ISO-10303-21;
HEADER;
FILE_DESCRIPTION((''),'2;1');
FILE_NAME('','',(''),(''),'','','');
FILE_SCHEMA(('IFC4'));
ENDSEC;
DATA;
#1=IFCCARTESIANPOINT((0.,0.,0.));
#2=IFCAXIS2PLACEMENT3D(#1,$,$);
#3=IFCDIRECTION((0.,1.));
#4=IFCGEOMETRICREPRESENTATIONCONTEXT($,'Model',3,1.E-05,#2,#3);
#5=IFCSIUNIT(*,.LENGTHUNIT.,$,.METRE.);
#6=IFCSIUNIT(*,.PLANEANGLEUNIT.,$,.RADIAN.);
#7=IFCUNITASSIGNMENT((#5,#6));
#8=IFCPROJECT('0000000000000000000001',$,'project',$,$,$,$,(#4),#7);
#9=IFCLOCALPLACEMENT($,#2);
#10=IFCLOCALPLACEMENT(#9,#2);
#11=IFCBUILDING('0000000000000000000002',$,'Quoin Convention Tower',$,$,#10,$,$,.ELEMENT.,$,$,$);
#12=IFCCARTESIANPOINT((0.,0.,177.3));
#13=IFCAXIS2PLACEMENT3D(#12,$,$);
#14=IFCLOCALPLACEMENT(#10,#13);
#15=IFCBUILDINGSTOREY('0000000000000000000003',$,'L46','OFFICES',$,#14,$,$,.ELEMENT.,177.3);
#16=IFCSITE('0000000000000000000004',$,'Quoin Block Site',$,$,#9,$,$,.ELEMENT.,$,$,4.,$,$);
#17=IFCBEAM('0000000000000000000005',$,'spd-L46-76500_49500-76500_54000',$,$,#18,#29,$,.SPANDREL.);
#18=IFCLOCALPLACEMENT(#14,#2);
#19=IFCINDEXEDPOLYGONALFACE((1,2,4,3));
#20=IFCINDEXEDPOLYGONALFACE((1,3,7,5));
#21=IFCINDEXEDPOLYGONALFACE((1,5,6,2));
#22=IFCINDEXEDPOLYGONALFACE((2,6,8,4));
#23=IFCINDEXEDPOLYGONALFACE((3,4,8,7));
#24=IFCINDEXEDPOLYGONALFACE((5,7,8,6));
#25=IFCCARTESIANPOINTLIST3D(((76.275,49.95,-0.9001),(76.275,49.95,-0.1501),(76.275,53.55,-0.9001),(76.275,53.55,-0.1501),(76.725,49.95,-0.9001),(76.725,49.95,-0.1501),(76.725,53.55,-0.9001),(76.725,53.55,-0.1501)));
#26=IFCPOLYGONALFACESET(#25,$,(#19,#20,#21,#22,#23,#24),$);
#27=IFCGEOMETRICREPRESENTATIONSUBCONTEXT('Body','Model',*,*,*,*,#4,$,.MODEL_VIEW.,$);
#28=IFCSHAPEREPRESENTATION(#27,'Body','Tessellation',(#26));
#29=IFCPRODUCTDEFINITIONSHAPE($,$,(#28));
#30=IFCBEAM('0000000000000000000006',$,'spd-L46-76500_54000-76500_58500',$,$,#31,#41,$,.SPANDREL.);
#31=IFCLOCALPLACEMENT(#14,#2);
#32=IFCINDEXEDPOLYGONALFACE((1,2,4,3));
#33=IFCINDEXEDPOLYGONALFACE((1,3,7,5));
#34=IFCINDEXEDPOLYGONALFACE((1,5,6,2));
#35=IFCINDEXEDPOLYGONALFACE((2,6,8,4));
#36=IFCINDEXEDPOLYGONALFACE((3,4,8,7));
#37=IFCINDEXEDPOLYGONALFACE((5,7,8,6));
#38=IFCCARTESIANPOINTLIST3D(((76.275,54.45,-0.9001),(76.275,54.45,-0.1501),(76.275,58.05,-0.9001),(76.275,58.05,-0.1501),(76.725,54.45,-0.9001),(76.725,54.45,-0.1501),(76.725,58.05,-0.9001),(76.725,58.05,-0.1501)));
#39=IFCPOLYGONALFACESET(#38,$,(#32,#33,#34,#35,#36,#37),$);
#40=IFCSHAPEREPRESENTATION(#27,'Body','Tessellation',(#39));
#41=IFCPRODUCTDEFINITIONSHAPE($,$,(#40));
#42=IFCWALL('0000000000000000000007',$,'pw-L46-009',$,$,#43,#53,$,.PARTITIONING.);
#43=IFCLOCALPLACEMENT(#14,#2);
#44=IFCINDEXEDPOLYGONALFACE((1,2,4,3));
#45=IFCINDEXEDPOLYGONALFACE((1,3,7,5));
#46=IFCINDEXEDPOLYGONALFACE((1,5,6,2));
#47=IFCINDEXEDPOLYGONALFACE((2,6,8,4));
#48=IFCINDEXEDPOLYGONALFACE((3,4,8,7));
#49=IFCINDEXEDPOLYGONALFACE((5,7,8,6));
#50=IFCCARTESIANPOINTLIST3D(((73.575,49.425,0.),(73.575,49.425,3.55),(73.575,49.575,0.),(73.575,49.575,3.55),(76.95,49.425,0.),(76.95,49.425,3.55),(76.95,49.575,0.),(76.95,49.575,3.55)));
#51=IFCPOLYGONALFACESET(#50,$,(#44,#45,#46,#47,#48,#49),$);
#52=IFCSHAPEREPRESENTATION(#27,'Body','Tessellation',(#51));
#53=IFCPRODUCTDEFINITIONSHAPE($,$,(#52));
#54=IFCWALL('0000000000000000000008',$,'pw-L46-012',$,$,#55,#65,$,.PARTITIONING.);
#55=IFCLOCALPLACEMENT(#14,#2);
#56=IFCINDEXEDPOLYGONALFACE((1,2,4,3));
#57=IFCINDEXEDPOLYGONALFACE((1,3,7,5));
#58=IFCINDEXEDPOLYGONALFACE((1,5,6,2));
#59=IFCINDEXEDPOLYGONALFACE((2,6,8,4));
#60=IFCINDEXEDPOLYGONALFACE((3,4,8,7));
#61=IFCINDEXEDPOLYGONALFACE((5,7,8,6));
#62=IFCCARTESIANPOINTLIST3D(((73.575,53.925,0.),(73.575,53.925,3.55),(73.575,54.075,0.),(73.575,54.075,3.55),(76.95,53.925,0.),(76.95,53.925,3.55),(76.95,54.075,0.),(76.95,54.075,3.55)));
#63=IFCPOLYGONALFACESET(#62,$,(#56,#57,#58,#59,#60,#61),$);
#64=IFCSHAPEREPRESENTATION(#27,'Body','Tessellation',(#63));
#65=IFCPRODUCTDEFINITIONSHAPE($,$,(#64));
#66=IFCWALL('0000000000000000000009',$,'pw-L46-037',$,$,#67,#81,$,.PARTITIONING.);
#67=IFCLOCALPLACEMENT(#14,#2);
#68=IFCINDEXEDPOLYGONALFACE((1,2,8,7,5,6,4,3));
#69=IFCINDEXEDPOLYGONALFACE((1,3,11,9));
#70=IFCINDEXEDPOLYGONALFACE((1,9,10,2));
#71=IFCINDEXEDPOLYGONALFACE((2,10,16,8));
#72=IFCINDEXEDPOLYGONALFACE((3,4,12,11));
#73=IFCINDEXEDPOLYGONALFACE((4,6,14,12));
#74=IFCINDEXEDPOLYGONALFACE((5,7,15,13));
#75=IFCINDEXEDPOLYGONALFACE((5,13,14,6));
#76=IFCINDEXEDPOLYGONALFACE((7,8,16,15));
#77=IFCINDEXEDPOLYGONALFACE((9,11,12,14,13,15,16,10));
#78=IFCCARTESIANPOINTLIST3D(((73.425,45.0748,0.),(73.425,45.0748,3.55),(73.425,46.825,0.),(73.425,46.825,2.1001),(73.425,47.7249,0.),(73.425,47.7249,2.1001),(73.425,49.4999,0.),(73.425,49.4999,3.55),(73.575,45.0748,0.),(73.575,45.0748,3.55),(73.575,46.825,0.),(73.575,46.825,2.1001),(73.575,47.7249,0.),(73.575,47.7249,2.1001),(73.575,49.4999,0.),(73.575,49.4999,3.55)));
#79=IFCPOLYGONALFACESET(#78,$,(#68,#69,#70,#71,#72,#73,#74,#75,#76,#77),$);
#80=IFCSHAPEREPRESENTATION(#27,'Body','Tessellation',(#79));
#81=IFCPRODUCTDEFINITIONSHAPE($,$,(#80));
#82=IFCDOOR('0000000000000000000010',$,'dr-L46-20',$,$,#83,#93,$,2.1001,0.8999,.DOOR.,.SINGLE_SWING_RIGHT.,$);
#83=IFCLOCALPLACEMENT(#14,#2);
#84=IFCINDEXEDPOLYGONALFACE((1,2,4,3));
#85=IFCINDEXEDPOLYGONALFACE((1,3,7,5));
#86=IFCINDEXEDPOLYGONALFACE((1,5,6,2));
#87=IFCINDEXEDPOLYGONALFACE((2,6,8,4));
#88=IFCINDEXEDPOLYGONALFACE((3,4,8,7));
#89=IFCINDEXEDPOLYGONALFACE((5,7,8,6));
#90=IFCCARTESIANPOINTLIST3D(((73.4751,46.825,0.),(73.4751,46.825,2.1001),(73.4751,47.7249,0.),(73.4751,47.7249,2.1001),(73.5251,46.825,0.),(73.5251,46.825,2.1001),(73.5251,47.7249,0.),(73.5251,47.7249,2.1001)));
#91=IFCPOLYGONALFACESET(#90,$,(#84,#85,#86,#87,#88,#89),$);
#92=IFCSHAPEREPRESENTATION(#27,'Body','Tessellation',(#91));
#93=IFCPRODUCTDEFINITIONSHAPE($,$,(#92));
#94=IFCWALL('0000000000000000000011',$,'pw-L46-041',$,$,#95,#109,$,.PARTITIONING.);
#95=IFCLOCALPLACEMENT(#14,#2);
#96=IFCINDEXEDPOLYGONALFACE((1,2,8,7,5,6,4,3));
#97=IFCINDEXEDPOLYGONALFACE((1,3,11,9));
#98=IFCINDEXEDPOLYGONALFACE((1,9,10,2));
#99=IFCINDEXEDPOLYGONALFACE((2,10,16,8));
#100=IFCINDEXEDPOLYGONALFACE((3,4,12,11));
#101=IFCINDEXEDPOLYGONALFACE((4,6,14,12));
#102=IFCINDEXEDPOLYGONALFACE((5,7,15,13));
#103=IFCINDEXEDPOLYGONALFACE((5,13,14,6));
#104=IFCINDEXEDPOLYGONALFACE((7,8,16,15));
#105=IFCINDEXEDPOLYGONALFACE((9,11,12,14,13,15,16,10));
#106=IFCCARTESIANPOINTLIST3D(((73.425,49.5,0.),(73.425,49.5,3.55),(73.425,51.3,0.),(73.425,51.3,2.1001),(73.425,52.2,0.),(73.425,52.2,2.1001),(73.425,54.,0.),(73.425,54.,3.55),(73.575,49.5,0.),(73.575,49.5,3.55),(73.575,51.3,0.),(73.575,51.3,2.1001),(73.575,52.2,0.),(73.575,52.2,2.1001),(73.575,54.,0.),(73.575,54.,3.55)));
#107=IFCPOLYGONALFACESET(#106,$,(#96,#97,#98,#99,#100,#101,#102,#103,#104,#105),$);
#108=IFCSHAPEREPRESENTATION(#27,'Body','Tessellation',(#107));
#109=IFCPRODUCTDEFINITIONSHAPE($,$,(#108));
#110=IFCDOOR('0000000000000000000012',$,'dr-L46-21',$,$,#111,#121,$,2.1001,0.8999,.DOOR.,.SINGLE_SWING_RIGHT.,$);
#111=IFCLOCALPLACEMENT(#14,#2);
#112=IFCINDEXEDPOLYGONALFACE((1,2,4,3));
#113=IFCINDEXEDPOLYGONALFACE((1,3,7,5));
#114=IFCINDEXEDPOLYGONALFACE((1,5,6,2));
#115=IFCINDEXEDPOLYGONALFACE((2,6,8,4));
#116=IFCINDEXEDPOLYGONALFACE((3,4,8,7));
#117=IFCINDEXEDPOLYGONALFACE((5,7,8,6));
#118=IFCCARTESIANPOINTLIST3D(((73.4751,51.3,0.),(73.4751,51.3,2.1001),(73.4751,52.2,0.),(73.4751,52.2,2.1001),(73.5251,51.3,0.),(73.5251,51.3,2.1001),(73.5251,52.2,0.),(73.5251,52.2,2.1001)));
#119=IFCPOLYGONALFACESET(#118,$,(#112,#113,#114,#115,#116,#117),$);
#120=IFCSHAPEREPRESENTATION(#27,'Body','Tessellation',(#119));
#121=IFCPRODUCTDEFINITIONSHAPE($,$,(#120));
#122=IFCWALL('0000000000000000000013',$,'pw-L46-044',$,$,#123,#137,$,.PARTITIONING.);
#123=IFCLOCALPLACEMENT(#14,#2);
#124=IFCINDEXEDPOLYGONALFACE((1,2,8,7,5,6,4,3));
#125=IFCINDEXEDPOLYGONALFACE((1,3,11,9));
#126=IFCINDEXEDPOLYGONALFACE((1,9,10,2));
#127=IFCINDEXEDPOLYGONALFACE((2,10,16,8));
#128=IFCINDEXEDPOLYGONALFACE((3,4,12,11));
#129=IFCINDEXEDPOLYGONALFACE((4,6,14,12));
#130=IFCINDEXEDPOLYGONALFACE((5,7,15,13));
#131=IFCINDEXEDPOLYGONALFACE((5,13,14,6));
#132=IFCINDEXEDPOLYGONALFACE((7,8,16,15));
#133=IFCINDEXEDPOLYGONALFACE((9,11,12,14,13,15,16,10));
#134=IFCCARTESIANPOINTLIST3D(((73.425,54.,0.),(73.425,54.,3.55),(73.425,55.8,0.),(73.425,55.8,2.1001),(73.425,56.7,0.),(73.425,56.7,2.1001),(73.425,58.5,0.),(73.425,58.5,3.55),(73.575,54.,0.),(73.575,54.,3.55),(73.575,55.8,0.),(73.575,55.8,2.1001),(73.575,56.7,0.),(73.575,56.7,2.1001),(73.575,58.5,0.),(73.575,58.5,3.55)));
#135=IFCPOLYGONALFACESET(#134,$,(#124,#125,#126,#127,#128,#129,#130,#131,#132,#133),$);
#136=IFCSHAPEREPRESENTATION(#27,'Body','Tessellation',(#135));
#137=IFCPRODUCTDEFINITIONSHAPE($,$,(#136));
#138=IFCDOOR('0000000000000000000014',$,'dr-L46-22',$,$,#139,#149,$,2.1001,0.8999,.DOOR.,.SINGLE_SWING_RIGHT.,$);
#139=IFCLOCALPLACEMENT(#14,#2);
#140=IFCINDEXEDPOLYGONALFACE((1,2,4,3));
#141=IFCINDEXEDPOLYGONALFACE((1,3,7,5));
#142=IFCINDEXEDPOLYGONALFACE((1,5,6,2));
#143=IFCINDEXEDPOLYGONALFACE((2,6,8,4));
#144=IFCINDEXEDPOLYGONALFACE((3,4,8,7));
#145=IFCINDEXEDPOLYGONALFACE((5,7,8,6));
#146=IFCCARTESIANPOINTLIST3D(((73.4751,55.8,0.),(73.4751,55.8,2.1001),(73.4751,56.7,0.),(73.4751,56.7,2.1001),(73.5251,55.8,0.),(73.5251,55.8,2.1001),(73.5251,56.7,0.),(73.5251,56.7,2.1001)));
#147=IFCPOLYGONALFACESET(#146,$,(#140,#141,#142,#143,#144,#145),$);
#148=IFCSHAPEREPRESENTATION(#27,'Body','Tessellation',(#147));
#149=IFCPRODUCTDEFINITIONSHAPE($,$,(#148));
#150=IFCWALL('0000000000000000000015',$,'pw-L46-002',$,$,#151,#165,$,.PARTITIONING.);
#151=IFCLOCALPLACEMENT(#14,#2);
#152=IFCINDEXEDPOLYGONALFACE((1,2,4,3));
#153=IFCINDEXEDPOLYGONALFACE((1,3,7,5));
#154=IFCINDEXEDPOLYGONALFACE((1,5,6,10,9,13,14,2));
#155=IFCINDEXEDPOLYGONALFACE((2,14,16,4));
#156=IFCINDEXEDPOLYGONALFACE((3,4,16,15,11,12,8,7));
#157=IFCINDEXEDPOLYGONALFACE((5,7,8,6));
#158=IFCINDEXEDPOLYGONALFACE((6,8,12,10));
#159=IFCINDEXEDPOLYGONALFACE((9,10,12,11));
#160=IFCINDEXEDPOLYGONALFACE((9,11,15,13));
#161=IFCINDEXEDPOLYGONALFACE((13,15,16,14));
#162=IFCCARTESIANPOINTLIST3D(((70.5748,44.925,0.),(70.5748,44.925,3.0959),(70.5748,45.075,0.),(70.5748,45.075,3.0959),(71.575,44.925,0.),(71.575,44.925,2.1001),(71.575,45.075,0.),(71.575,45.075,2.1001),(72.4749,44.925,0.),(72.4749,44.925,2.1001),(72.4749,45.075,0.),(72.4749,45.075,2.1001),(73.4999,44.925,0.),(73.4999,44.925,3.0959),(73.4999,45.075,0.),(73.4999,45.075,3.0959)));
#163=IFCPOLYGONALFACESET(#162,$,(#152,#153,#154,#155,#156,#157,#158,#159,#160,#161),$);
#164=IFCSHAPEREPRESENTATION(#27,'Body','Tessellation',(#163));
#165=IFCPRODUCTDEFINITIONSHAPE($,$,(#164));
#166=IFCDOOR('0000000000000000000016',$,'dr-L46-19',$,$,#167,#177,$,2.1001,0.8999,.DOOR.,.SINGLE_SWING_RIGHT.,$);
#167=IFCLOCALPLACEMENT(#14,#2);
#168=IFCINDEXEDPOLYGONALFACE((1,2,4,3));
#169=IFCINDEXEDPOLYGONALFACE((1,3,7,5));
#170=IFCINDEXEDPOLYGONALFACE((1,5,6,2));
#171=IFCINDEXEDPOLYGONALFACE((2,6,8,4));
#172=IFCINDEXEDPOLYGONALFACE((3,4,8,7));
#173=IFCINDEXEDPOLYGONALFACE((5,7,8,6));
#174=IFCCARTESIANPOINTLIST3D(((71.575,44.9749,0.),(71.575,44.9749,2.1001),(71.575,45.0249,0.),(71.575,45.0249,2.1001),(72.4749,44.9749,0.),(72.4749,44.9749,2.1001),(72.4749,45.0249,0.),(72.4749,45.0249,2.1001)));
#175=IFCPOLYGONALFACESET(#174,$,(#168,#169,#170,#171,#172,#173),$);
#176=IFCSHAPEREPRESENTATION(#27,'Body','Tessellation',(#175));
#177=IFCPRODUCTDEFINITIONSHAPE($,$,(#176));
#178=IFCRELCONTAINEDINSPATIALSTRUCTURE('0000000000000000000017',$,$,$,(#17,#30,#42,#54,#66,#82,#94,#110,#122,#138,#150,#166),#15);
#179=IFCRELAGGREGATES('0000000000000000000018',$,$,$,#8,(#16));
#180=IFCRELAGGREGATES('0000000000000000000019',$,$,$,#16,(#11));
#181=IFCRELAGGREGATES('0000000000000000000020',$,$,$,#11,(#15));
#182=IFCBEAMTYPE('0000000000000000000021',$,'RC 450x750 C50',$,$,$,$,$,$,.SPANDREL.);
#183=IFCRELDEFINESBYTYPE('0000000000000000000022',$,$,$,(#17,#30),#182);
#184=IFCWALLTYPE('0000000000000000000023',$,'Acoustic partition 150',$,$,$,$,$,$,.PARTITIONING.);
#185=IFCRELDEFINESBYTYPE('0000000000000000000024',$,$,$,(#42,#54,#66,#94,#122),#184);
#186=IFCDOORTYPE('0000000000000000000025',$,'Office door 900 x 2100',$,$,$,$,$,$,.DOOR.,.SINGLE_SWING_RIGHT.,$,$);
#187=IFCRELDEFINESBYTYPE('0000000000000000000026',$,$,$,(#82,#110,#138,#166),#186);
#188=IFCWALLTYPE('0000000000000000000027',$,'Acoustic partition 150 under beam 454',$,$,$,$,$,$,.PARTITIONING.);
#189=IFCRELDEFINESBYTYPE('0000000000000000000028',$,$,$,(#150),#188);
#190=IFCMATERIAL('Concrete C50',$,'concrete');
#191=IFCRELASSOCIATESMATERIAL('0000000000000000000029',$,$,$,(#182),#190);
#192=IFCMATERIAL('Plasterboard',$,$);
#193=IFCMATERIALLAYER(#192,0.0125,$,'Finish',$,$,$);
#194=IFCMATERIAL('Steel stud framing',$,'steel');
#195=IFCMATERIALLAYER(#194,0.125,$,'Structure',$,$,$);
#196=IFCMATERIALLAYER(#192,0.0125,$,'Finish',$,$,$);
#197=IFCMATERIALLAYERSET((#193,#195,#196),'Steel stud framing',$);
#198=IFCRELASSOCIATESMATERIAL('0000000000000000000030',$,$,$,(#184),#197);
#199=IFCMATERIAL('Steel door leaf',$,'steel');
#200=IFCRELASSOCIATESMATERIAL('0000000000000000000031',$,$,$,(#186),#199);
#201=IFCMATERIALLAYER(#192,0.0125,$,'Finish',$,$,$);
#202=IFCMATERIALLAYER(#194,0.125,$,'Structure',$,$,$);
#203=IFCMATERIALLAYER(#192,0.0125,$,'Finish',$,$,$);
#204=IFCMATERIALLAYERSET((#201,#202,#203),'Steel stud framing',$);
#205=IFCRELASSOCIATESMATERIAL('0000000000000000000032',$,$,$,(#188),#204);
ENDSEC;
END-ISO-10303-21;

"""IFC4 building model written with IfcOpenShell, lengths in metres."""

from ifc_helpers import new_model, si_unit, direction, frame, frame_2d, origin, origin_2d, place, context, subcontext, project, spatial, rectangle, extrude, material, layer, layer_set, material_profile, profile_set, type_object, element, fill, save


model = new_model("IFC4")

# Units and contexts
model_context = context("Model", 3, precision=1e-05, world=origin(), true_north=direction((0.0, 1.0)))
body_context = subcontext(model_context, "Body", "Model", "MODEL_VIEW")
ifc_project = project(units=[si_unit("LENGTHUNIT", "METRE"), si_unit("PLANEANGLEUNIT", "RADIAN")], contexts=[model_context])

# Site, building, storey
site_placement = place(None, origin())
site = spatial("IfcSite", under=ifc_project, at=site_placement, Name="Quoin Block Site", CompositionType="ELEMENT", RefElevation=4.0)
building_placement = place(site_placement, origin())
building = spatial("IfcBuilding", under=site, at=building_placement, Name="Quoin Convention Tower", CompositionType="ELEMENT")
storey_placement = place(building_placement, frame((0.0, 0.0, 177.3)))
storey = spatial("IfcBuildingStorey", under=building, at=storey_placement, Name="L46", Description="OFFICES", CompositionType="ELEMENT", Elevation=177.3)

# Shared definitions
ifc_material_1 = material(Name="Concrete C50", Category="concrete")

# Beams
ifc_material_profile_1 = material_profile(ifc_material_1, rectangle(XDim=0.45, YDim=0.75, at=origin_2d()), Name="RC 450x750")
ifc_profile_set_1 = profile_set([ifc_material_profile_1], Name="Concrete C50")
beam_type_1 = type_object("IfcBeamType", Name="RC 450x750 C50", PredefinedType="SPANDREL", material=ifc_profile_set_1)
for number, where, z_axis, x_axis, name in (
    (1, (76.5, 49.95, -0.5251), (0.0, 1.0, 0.0), (-1.0, 0.0, 0.0), "spd-L46-76500_49500-76500_54000"),
    (2, (76.5, 54.45, -0.5251), (0.0, 1.0, 0.0), (-1.0, 0.0, 0.0), "spd-L46-76500_54000-76500_58500"),
):
    element("IfcBeam", number, at=place(storey_placement, frame(where, z_axis=z_axis, x_axis=x_axis)), inside=storey, type_object=beam_type_1, Name=name, PredefinedType="SPANDREL", context=body_context, shape_type="SweptSolid", body=[
        extrude(rectangle(XDim=0.45, YDim=0.75, at=origin_2d()), origin(), (0.0, 0.0, 1.0), 3.6001),
    ])

# Walls
ifc_material_2 = material(Name="Plasterboard")
ifc_layer_1 = layer(ifc_material_2, 0.0125, Name="Finish")
ifc_material_3 = material(Name="Steel stud framing", Category="steel")
ifc_layer_2 = layer(ifc_material_3, 0.125, Name="Structure")
ifc_layer_3 = layer(ifc_material_2, 0.0125, Name="Finish")
ifc_layer_set_1 = layer_set([ifc_layer_1, ifc_layer_2, ifc_layer_3], Name="Steel stud framing")
wall_type_1 = type_object("IfcWallType", Name="Acoustic partition 150", PredefinedType="PARTITIONING", material=ifc_layer_set_1)
for number, where, z_axis, x_axis, name in (
    (3, (73.575, 49.5, 0.0), (0.0, 0.0, 1.0), (1.0, 0.0, 0.0), "pw-L46-009"),
    (4, (73.575, 54.0, 0.0), (0.0, 0.0, 1.0), (1.0, 0.0, 0.0), "pw-L46-012"),
):
    element("IfcWall", number, at=place(storey_placement, frame(where, z_axis=z_axis, x_axis=x_axis)), inside=storey, type_object=wall_type_1, Name=name, PredefinedType="PARTITIONING", context=body_context, shape_type="SweptSolid", body=[
        extrude(rectangle(XDim=3.375, YDim=0.1499, at=frame_2d((1.6875, 0.0))), origin(), (0.0, 0.0, 1.0), 3.55),
    ])

# Walls, openings, doors
wall_1_placement = place(storey_placement, frame((73.5, 45.075, 0.0), z_axis=(0.0, 0.0, 1.0), x_axis=(0.0, 1.0, 0.0)))
wall_1 = element("IfcWall", 5, at=wall_1_placement, inside=storey, type_object=wall_type_1, Name="pw-L46-037", PredefinedType="PARTITIONING", context=body_context, shape_type="SweptSolid", body=[
    extrude(rectangle(XDim=4.425, YDim=0.1499, at=frame_2d((2.2124, 0.0))), origin(), (0.0, 0.0, 1.0), 3.55),
])
opening_1_placement = place(wall_1_placement, frame((1.75, 0.0, 0.0)))
opening_1 = element("IfcOpeningElement", 6, at=opening_1_placement, cuts=wall_1, PredefinedType="OPENING", context=body_context, shape_type="SweptSolid", body=[
    extrude(rectangle(XDim=0.8999, YDim=2.1001, at=frame_2d((0.45, 1.05))), frame((0.0, 0.085, 0.0), z_axis=(0.0, -1.0, 0.0), x_axis=(1.0, 0.0, 0.0)), (0.0, 0.0, 1.0), 0.1699),
])
ifc_material_4 = material(Name="Steel door leaf", Category="steel")
door_type_1 = type_object("IfcDoorType", Name="Office door 900 x 2100", OperationType="SINGLE_SWING_RIGHT", PredefinedType="DOOR", material=ifc_material_4)
door_1_placement = place(opening_1_placement, origin())
door_1 = element("IfcDoor", 7, at=door_1_placement, inside=storey, type_object=door_type_1, Name="dr-L46-20", OperationType="SINGLE_SWING_RIGHT", OverallHeight=2.1001, OverallWidth=0.8999, PredefinedType="DOOR", context=body_context, shape_type="SweptSolid", body=[
    extrude(rectangle(XDim=0.8999, YDim=2.1001, at=frame_2d((0.45, 1.05))), frame((0.0, 0.0249, 0.0), z_axis=(0.0, -1.0, 0.0), x_axis=(1.0, 0.0, 0.0)), (0.0, 0.0, 1.0), 0.05),
])
fill(opening_1, door_1)
wall_2_placement = place(storey_placement, frame((73.5, 49.5, 0.0), z_axis=(0.0, 0.0, 1.0), x_axis=(0.0, 1.0, 0.0)))
wall_2 = element("IfcWall", 8, at=wall_2_placement, inside=storey, type_object=wall_type_1, Name="pw-L46-041", PredefinedType="PARTITIONING", context=body_context, shape_type="SweptSolid", body=[
    extrude(rectangle(XDim=4.5, YDim=0.1499, at=frame_2d((2.25, 0.0))), origin(), (0.0, 0.0, 1.0), 3.55),
])
opening_2_placement = place(wall_2_placement, frame((1.8, 0.0, 0.0)))
opening_2 = element("IfcOpeningElement", 9, at=opening_2_placement, cuts=wall_2, PredefinedType="OPENING", context=body_context, shape_type="SweptSolid", body=[
    extrude(rectangle(XDim=0.8999, YDim=2.1001, at=frame_2d((0.45, 1.05))), frame((0.0, 0.085, 0.0), z_axis=(0.0, -1.0, 0.0), x_axis=(1.0, 0.0, 0.0)), (0.0, 0.0, 1.0), 0.1699),
])
door_2_placement = place(opening_2_placement, origin())
door_2 = element("IfcDoor", 10, at=door_2_placement, inside=storey, type_object=door_type_1, Name="dr-L46-21", OperationType="SINGLE_SWING_RIGHT", OverallHeight=2.1001, OverallWidth=0.8999, PredefinedType="DOOR", context=body_context, shape_type="SweptSolid", body=[
    extrude(rectangle(XDim=0.8999, YDim=2.1001, at=frame_2d((0.45, 1.05))), frame((0.0, 0.0249, 0.0), z_axis=(0.0, -1.0, 0.0), x_axis=(1.0, 0.0, 0.0)), (0.0, 0.0, 1.0), 0.05),
])
fill(opening_2, door_2)
wall_3_placement = place(storey_placement, frame((73.5, 54.0, 0.0), z_axis=(0.0, 0.0, 1.0), x_axis=(0.0, 1.0, 0.0)))
wall_3 = element("IfcWall", 11, at=wall_3_placement, inside=storey, type_object=wall_type_1, Name="pw-L46-044", PredefinedType="PARTITIONING", context=body_context, shape_type="SweptSolid", body=[
    extrude(rectangle(XDim=4.5, YDim=0.1499, at=frame_2d((2.25, 0.0))), origin(), (0.0, 0.0, 1.0), 3.55),
])
opening_3_placement = place(wall_3_placement, frame((1.8, 0.0, 0.0)))
opening_3 = element("IfcOpeningElement", 12, at=opening_3_placement, cuts=wall_3, PredefinedType="OPENING", context=body_context, shape_type="SweptSolid", body=[
    extrude(rectangle(XDim=0.8999, YDim=2.1001, at=frame_2d((0.45, 1.05))), frame((0.0, 0.085, 0.0), z_axis=(0.0, -1.0, 0.0), x_axis=(1.0, 0.0, 0.0)), (0.0, 0.0, 1.0), 0.1699),
])
door_3_placement = place(opening_3_placement, origin())
door_3 = element("IfcDoor", 13, at=door_3_placement, inside=storey, type_object=door_type_1, Name="dr-L46-22", OperationType="SINGLE_SWING_RIGHT", OverallHeight=2.1001, OverallWidth=0.8999, PredefinedType="DOOR", context=body_context, shape_type="SweptSolid", body=[
    extrude(rectangle(XDim=0.8999, YDim=2.1001, at=frame_2d((0.45, 1.05))), frame((0.0, 0.0249, 0.0), z_axis=(0.0, -1.0, 0.0), x_axis=(1.0, 0.0, 0.0)), (0.0, 0.0, 1.0), 0.05),
])
fill(opening_3, door_3)
ifc_layer_4 = layer(ifc_material_2, 0.0125, Name="Finish")
ifc_layer_5 = layer(ifc_material_3, 0.125, Name="Structure")
ifc_layer_6 = layer(ifc_material_2, 0.0125, Name="Finish")
ifc_layer_set_2 = layer_set([ifc_layer_4, ifc_layer_5, ifc_layer_6], Name="Steel stud framing")
wall_type_2 = type_object("IfcWallType", Name="Acoustic partition 150 under beam 454", PredefinedType="PARTITIONING", material=ifc_layer_set_2)
wall_4_placement = place(storey_placement, frame((70.575, 45.0, 0.0), z_axis=(0.0, 0.0, 1.0), x_axis=(1.0, 0.0, 0.0)))
wall_4 = element("IfcWall", 14, at=wall_4_placement, inside=storey, type_object=wall_type_2, Name="pw-L46-002", PredefinedType="PARTITIONING", context=body_context, shape_type="SweptSolid", body=[
    extrude(rectangle(XDim=2.925, YDim=0.1499, at=frame_2d((1.4624, 0.0))), origin(), (0.0, 0.0, 1.0), 3.0959),
])
opening_4_placement = place(wall_4_placement, frame((1.0, 0.0, 0.0)))
opening_4 = element("IfcOpeningElement", 15, at=opening_4_placement, cuts=wall_4, PredefinedType="OPENING", context=body_context, shape_type="SweptSolid", body=[
    extrude(rectangle(XDim=0.8999, YDim=2.1001, at=frame_2d((0.45, 1.05))), frame((0.0, 0.085, 0.0), z_axis=(0.0, -1.0, 0.0), x_axis=(1.0, 0.0, 0.0)), (0.0, 0.0, 1.0), 0.1699),
])
door_4_placement = place(opening_4_placement, origin())
door_4 = element("IfcDoor", 16, at=door_4_placement, inside=storey, type_object=door_type_1, Name="dr-L46-19", OperationType="SINGLE_SWING_RIGHT", OverallHeight=2.1001, OverallWidth=0.8999, PredefinedType="DOOR", context=body_context, shape_type="SweptSolid", body=[
    extrude(rectangle(XDim=0.8999, YDim=2.1001, at=frame_2d((0.45, 1.05))), frame((0.0, 0.0249, 0.0), z_axis=(0.0, -1.0, 0.0), x_axis=(1.0, 0.0, 0.0)), (0.0, 0.0, 1.0), 0.05),
])
fill(opening_4, door_4)

save(model, "model.ifc")
